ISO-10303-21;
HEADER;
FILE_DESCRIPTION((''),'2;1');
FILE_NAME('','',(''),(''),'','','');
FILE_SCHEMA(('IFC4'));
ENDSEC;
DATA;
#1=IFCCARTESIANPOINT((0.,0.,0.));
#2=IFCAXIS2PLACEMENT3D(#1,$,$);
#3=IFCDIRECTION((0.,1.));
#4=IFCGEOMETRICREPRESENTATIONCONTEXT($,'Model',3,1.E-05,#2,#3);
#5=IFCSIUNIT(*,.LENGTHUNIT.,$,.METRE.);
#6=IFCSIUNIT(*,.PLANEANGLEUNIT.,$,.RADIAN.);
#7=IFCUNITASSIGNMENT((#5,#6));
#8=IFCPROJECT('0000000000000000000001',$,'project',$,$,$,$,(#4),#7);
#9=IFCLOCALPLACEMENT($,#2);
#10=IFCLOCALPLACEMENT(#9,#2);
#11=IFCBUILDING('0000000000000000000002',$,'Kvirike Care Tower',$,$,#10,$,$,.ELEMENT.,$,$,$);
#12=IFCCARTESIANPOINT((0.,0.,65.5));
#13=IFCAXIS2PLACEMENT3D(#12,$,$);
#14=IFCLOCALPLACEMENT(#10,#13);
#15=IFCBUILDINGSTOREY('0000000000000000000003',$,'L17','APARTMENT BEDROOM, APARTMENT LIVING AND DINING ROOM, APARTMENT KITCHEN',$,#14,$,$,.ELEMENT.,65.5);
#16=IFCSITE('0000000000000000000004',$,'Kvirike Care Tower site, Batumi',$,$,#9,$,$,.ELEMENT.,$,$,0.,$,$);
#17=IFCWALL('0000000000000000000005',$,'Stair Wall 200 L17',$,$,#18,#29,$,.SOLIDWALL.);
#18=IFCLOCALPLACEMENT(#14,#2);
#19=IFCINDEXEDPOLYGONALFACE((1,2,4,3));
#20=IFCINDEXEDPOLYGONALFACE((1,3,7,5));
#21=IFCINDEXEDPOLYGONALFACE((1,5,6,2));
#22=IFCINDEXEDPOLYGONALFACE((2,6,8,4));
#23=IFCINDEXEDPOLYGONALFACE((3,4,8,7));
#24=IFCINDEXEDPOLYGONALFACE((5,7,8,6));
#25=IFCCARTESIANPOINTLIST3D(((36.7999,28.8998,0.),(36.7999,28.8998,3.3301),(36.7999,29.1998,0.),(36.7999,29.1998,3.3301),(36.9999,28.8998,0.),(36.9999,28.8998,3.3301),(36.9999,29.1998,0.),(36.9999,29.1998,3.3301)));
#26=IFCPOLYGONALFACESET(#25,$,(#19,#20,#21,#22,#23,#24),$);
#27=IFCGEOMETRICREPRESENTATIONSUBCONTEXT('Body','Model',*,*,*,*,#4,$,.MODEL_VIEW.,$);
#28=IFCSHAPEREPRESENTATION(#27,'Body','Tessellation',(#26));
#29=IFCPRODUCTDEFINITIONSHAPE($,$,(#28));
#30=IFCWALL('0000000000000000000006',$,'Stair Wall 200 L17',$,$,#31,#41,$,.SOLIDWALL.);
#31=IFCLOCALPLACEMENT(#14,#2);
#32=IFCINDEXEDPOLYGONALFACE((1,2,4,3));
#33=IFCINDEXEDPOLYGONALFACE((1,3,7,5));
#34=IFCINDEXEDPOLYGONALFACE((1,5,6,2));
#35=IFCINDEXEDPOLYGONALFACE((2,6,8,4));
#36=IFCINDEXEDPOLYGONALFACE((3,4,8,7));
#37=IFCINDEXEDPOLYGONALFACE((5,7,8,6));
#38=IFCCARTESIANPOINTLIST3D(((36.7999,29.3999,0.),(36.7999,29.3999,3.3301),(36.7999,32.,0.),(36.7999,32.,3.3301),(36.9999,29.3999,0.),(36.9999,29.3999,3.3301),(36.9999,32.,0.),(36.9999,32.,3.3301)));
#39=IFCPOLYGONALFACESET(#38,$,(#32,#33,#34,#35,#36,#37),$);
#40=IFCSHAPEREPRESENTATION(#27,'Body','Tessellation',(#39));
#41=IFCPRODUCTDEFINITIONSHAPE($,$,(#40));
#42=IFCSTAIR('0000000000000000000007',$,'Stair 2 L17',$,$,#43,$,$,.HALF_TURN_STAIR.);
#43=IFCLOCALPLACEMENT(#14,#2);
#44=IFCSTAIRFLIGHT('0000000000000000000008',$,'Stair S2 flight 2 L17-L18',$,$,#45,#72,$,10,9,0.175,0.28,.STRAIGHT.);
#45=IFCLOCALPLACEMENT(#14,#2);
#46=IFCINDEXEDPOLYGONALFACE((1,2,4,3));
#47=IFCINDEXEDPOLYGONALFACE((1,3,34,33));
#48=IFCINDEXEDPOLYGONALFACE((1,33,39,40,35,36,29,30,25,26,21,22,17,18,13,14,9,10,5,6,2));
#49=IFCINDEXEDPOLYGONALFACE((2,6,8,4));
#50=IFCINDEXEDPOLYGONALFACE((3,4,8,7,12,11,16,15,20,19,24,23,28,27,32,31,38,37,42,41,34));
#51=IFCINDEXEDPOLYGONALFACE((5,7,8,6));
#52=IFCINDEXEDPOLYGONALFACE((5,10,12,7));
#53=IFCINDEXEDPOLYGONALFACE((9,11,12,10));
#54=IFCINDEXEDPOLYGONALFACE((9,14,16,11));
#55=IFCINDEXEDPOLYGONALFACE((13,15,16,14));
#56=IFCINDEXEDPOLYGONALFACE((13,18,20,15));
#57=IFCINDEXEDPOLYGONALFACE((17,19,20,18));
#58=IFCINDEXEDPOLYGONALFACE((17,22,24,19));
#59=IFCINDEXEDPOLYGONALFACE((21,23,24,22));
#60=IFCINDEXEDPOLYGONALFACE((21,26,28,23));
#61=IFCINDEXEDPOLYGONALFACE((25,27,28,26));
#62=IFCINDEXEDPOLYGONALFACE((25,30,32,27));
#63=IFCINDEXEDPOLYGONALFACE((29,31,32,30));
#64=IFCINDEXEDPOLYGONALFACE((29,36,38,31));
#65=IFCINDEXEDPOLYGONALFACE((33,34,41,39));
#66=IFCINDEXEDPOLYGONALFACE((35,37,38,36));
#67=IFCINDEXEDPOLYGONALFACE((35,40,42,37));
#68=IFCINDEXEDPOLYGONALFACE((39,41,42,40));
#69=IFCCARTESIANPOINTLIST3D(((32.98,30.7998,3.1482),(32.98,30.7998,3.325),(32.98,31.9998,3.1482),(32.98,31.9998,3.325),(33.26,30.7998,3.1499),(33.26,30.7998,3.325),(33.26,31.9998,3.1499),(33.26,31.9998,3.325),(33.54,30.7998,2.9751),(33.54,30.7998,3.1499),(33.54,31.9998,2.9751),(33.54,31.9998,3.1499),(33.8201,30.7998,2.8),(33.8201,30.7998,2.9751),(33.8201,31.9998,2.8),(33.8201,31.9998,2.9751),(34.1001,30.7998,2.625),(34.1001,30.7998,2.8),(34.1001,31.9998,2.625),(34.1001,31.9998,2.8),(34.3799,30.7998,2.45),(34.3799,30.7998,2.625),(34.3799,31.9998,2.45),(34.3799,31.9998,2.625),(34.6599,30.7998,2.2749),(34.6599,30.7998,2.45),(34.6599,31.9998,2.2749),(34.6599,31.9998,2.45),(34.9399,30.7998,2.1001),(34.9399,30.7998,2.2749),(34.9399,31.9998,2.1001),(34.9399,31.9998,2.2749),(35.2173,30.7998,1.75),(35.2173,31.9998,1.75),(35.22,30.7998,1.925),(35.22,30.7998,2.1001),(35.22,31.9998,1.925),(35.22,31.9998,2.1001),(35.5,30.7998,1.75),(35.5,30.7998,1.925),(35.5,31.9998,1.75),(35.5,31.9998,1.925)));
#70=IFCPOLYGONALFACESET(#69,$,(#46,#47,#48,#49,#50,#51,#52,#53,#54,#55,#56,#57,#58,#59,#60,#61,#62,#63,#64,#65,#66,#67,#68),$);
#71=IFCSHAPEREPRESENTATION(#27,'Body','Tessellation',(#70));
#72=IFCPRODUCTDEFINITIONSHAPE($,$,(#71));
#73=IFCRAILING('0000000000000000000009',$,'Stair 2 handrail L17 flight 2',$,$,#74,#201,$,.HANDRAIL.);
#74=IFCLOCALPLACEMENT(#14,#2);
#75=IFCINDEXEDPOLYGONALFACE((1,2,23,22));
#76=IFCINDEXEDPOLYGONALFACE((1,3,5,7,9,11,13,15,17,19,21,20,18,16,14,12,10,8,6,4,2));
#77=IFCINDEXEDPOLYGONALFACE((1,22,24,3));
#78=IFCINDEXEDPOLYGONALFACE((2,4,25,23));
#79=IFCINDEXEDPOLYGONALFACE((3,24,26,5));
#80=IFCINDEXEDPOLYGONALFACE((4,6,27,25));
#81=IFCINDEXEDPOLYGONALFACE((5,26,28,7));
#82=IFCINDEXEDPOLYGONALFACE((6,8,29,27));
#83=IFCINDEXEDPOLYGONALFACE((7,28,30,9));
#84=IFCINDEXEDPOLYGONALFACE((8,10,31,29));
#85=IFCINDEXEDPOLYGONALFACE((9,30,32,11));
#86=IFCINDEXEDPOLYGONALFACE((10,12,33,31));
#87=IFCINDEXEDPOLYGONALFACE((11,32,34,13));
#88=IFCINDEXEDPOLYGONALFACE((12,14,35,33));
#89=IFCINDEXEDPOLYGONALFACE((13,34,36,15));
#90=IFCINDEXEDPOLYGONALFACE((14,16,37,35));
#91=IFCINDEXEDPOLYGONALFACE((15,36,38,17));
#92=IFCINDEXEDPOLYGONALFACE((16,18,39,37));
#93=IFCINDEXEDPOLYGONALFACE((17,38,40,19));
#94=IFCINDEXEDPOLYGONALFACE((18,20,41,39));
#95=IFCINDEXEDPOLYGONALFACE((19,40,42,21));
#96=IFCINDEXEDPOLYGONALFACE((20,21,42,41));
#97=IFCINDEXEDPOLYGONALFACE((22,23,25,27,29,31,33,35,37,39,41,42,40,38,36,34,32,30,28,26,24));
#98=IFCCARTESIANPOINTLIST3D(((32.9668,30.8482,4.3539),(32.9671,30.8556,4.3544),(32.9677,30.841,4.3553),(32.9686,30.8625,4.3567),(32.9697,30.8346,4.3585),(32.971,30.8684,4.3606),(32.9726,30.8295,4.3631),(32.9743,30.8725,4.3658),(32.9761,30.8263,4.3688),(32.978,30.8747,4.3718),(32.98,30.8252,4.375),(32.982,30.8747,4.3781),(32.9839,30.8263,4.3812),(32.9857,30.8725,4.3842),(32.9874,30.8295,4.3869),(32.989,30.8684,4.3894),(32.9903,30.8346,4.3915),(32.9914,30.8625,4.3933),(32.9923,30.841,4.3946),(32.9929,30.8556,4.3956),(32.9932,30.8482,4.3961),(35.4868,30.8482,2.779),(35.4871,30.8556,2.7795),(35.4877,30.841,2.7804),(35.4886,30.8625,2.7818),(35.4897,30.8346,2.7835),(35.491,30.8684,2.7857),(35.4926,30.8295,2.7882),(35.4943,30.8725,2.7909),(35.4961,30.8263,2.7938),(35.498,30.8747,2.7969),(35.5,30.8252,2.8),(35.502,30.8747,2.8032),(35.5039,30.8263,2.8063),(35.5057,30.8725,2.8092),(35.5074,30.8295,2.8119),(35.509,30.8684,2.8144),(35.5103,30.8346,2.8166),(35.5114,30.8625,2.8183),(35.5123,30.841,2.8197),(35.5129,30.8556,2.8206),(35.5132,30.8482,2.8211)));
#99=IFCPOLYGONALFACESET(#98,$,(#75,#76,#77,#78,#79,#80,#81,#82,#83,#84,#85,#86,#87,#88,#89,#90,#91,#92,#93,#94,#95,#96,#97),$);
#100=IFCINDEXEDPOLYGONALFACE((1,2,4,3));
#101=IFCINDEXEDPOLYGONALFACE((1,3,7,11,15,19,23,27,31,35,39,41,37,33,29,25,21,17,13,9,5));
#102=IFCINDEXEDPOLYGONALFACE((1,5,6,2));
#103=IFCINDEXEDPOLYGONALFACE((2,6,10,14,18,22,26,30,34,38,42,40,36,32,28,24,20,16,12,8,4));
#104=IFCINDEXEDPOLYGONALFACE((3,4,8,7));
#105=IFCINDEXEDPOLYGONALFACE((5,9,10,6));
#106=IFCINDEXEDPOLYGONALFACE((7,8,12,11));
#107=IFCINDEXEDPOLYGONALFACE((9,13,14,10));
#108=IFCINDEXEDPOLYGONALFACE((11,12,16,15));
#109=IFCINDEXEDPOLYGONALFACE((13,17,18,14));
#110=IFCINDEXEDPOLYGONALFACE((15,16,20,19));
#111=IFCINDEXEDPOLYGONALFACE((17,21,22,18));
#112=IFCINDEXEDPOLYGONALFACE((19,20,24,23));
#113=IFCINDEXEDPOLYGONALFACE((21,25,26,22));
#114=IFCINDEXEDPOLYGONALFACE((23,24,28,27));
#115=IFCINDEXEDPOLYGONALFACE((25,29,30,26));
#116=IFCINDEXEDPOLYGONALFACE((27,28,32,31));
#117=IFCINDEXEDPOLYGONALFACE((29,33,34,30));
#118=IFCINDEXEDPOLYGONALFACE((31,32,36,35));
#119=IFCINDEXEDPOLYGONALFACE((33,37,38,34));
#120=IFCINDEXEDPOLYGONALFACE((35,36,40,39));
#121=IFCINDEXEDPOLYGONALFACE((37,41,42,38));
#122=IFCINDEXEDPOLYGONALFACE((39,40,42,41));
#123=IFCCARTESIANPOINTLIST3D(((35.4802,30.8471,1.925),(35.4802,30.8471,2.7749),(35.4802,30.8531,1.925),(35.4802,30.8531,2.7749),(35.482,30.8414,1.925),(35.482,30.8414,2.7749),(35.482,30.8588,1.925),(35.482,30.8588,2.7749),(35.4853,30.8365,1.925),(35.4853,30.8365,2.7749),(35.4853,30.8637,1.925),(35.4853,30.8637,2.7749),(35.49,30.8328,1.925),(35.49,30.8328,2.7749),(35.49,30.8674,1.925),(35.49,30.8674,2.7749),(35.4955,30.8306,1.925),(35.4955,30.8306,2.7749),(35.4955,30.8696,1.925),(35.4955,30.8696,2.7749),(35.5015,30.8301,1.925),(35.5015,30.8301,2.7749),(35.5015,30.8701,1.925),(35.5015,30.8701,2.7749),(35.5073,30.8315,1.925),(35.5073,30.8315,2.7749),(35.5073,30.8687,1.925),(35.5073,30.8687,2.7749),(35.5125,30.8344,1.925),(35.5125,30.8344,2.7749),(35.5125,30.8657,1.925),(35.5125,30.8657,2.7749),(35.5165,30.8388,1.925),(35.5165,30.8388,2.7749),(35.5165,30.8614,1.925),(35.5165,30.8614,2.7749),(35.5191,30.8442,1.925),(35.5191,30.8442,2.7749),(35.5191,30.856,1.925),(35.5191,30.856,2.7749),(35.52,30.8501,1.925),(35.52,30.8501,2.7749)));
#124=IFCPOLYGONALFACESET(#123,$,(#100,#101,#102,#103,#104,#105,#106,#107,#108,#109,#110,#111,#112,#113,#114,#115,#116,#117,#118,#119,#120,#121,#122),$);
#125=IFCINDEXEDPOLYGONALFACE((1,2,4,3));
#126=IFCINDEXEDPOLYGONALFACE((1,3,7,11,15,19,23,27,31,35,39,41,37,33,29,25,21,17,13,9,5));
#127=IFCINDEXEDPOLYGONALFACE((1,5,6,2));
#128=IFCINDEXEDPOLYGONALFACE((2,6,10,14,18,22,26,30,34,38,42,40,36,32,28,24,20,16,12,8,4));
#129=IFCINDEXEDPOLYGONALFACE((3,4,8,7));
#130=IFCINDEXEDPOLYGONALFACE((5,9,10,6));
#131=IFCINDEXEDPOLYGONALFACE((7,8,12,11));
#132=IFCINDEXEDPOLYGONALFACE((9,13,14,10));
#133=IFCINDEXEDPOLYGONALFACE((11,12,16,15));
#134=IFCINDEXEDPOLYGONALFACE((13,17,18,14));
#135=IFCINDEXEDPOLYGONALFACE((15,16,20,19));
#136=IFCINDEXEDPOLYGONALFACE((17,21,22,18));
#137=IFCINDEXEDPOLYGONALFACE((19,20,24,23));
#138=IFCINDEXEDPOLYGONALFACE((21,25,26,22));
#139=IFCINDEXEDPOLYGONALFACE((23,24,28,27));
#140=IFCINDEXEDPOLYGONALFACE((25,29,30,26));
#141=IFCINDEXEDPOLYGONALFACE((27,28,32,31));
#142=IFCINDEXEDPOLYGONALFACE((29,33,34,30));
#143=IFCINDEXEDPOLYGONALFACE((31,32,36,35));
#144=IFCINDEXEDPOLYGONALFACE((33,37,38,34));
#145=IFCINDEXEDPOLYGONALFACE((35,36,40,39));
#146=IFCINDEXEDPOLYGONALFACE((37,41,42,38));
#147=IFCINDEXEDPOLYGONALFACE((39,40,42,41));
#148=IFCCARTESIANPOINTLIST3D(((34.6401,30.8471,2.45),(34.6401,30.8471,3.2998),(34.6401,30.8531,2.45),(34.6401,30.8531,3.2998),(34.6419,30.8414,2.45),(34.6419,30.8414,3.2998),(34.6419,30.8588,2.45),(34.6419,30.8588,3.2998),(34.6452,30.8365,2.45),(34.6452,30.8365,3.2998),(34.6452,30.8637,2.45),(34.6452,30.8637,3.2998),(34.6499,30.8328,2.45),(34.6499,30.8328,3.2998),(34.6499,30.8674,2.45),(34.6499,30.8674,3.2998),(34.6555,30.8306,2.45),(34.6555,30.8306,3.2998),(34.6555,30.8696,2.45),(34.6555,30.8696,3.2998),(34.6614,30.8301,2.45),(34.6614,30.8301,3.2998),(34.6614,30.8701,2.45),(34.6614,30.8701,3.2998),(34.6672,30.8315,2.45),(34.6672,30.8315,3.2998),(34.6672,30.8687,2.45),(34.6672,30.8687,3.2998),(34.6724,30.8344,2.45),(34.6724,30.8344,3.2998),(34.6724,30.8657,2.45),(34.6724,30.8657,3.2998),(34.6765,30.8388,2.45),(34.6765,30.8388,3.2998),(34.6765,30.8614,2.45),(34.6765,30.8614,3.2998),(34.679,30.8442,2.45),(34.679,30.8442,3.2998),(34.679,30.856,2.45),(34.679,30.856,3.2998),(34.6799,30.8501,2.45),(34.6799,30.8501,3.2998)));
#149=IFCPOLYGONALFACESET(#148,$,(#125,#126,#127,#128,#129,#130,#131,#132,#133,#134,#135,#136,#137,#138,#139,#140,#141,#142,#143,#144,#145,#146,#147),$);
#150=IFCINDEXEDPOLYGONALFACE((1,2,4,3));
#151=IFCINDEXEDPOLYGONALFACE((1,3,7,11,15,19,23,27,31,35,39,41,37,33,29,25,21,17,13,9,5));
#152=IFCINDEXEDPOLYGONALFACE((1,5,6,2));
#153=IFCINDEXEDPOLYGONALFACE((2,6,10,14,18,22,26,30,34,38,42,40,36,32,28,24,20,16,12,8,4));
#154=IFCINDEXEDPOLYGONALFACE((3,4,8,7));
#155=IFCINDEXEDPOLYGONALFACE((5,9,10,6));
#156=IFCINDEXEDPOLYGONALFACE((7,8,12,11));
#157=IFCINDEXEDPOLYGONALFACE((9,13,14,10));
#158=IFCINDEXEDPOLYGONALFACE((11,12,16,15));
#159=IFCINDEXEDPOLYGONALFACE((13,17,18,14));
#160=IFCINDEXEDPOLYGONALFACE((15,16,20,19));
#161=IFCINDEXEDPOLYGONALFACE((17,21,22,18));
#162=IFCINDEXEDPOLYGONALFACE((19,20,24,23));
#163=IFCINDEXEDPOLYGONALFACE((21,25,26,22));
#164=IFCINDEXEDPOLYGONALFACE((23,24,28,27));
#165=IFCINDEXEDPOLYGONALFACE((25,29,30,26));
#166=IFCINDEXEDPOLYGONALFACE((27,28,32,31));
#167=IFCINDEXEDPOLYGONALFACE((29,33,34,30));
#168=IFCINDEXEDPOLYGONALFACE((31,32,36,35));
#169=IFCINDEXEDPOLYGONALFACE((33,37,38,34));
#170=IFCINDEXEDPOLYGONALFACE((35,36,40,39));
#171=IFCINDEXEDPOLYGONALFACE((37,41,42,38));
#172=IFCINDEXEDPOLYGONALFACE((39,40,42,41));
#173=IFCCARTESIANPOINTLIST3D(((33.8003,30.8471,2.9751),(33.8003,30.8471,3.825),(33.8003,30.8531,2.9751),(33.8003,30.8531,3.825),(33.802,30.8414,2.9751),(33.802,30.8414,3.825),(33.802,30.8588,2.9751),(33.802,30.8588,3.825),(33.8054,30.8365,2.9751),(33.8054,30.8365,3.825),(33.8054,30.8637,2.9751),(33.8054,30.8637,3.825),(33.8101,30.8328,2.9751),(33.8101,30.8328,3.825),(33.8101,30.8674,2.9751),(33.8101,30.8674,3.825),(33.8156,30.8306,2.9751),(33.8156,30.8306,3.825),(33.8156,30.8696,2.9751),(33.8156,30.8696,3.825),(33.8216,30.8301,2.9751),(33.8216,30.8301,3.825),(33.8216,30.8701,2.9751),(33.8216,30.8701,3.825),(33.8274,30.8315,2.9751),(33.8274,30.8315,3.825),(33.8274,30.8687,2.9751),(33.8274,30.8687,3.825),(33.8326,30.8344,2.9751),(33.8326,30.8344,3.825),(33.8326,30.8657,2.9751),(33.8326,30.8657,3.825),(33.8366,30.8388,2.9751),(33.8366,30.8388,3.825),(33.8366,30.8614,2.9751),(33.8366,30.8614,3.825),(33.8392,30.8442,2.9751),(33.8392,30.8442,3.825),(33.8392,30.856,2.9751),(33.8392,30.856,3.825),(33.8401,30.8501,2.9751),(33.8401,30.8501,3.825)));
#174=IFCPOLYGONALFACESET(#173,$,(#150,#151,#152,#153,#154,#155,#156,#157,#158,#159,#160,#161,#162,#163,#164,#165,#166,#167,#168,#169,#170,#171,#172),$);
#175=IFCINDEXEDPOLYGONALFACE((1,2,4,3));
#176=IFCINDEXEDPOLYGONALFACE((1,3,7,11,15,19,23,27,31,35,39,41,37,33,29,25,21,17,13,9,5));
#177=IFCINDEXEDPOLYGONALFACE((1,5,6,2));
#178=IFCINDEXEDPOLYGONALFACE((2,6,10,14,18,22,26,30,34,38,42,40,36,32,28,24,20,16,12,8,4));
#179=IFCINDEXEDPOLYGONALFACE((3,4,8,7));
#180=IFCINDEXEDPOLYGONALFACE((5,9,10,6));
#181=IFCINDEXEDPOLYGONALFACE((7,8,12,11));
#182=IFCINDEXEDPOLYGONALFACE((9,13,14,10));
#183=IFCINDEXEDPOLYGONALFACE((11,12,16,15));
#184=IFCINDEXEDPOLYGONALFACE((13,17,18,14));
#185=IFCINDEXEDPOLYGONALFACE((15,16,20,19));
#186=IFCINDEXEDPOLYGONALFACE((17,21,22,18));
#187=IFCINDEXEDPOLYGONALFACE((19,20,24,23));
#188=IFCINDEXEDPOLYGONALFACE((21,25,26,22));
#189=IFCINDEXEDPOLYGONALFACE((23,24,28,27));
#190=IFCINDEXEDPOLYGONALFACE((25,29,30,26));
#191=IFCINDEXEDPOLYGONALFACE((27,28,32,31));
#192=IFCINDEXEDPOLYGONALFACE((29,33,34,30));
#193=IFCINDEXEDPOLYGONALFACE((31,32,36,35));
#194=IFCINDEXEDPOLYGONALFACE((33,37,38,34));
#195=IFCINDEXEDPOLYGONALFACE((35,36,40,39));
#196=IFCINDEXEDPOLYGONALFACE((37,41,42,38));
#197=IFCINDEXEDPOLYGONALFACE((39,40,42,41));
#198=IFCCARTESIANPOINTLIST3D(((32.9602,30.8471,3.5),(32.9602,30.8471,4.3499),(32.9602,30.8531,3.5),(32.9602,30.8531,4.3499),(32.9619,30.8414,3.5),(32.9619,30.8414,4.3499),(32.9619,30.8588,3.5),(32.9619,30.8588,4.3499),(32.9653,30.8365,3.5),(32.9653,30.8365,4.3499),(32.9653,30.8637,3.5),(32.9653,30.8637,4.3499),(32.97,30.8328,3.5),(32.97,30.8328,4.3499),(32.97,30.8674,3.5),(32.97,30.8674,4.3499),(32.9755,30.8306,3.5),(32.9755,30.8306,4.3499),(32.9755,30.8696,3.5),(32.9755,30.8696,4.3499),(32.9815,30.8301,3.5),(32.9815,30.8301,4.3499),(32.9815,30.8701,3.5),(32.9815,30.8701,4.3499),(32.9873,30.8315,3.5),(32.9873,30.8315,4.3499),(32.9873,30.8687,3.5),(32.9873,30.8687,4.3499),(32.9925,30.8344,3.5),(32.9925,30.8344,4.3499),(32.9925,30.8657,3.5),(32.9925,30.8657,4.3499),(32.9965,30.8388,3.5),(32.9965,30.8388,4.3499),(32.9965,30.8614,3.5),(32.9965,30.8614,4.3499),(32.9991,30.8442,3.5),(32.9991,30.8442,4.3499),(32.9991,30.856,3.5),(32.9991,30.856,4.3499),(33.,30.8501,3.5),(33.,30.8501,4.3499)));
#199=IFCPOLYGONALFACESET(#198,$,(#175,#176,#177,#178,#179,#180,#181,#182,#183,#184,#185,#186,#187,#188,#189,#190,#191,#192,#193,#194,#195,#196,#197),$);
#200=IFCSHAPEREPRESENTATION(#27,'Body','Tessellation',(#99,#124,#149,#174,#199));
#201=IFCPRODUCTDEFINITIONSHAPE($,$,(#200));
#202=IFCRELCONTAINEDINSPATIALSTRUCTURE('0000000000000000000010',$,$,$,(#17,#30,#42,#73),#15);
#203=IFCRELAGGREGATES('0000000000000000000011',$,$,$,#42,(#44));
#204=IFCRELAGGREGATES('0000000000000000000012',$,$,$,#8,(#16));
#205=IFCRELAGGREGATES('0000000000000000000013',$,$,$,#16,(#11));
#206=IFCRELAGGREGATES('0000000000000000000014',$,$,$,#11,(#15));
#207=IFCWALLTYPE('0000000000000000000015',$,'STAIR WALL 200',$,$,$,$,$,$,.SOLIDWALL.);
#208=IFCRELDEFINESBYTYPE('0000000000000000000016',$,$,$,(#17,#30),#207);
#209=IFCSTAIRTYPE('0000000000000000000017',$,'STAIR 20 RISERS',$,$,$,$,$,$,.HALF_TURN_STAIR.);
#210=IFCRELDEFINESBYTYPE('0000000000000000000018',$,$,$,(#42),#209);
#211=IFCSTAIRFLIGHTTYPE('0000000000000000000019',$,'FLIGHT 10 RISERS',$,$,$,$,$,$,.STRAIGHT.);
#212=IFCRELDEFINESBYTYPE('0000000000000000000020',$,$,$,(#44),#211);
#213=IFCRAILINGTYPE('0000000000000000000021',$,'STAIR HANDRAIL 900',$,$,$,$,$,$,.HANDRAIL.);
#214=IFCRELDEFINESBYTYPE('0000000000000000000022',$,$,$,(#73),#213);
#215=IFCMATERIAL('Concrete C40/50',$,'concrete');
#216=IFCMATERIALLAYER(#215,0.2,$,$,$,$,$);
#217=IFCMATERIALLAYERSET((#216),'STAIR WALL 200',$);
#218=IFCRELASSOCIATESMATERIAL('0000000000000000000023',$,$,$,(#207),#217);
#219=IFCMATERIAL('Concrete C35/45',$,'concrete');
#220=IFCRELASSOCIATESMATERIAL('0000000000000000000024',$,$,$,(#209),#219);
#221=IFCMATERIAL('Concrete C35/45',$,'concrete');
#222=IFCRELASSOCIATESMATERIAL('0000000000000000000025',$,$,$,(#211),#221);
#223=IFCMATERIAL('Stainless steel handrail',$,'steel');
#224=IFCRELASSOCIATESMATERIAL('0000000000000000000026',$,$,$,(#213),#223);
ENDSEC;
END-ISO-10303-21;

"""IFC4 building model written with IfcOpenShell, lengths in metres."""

from ifc_helpers import new_model, si_unit, direction, frame, frame_2d, origin, origin_2d, place, context, subcontext, project, spatial, polyline, rectangle, circle, outline, extrude, material, layer, layer_set, type_object, element, aggregate, save


model = new_model("IFC4")

# Units and contexts
model_context = context("Model", 3, precision=1e-05, world=origin(), true_north=direction((0.0, 1.0)))
body_context = subcontext(model_context, "Body", "Model", "MODEL_VIEW")
ifc_project = project(units=[si_unit("LENGTHUNIT", "METRE"), si_unit("PLANEANGLEUNIT", "RADIAN")], contexts=[model_context])

# Site, building, storey
site_placement = place(None, origin())
site = spatial("IfcSite", under=ifc_project, at=site_placement, Name="Kvirike Care Tower site, Batumi", CompositionType="ELEMENT", RefElevation=0.0)
building_placement = place(site_placement, origin())
building = spatial("IfcBuilding", under=site, at=building_placement, Name="Kvirike Care Tower", CompositionType="ELEMENT")
storey_placement = place(building_placement, frame((0.0, 0.0, 65.5)))
storey = spatial("IfcBuildingStorey", under=building, at=storey_placement, Name="L17", Description="APARTMENT BEDROOM, APARTMENT LIVING AND DINING ROOM, APARTMENT KITCHEN", CompositionType="ELEMENT", Elevation=65.5)

# Walls
ifc_material_1 = material(Name="Concrete C40/50", Category="concrete")
ifc_layer_1 = layer(ifc_material_1, 0.2)
ifc_layer_set_1 = layer_set([ifc_layer_1], Name="STAIR WALL 200")
wall_type_1 = type_object("IfcWallType", Name="STAIR WALL 200", PredefinedType="SOLIDWALL", material=ifc_layer_set_1)
wall_1_placement = place(storey_placement, frame((36.8999, 28.8999, 0.0), z_axis=(0.0, 0.0, 1.0), x_axis=(0.0, 1.0, 0.0)))
element("IfcWall", 1, at=wall_1_placement, inside=storey, type_object=wall_type_1, Name="Stair Wall 200 L17", PredefinedType="SOLIDWALL", context=body_context, shape_type="SweptSolid", body=[
    extrude(rectangle(XDim=0.3, YDim=0.2, at=frame_2d((0.1499, 0.0))), origin(), (0.0, 0.0, 1.0), 3.3301),
])
wall_2_placement = place(storey_placement, frame((36.8999, 29.3999, 0.0), z_axis=(0.0, 0.0, 1.0), x_axis=(0.0, 1.0, 0.0)))
element("IfcWall", 2, at=wall_2_placement, inside=storey, type_object=wall_type_1, Name="Stair Wall 200 L17", PredefinedType="SOLIDWALL", context=body_context, shape_type="SweptSolid", body=[
    extrude(rectangle(XDim=2.6001, YDim=0.2, at=frame_2d((1.3, 0.0))), origin(), (0.0, 0.0, 1.0), 3.3301),
])

# Stair, stair flight
ifc_material_2 = material(Name="Concrete C35/45", Category="concrete")
stair_type = type_object("IfcStairType", Name="STAIR 20 RISERS", PredefinedType="HALF_TURN_STAIR", material=ifc_material_2)
stair_placement = place(storey_placement, origin())
stair = element("IfcStair", 3, at=stair_placement, inside=storey, type_object=stair_type, Name="Stair 2 L17", PredefinedType="HALF_TURN_STAIR")
ifc_material_3 = material(Name="Concrete C35/45", Category="concrete")
stair_flight_type = type_object("IfcStairFlightType", Name="FLIGHT 10 RISERS", PredefinedType="STRAIGHT", material=ifc_material_3)
stair_flight_placement = place(storey_placement, frame((35.5, 31.3999, 1.75), z_axis=(0.0, 0.0, 1.0), x_axis=(-1.0, 0.0, 0.0)))
stair_flight = element("IfcStairFlight", 4, at=stair_flight_placement, type_object=stair_flight_type, Name="Stair S2 flight 2 L17-L18", NumberOfRisers=10, NumberOfTreads=9, PredefinedType="STRAIGHT", RiserHeight=0.175, TreadLength=0.28, context=body_context, shape_type="SweptSolid", body=[
    extrude(outline(polyline([(0.0, 0.0), (0.0, 0.175), (0.28, 0.175), (0.28, 0.3501), (0.5601, 0.3501), (0.5601, 0.5249), (0.8401, 0.5249), (0.8401, 0.7), (1.1201, 0.7), (1.1201, 0.875), (1.3999, 0.875), (1.3999, 1.05), (1.6799, 1.05), (1.6799, 1.2251), (1.96, 1.2251), (1.96, 1.3999), (2.24, 1.3999), (2.24, 1.575), (2.52, 1.575), (2.52, 1.75), (2.52, 1.3982), (0.2827, 0.0), (0.0, 0.0)])), frame((0.0, 0.6001, 0.0), z_axis=(0.0, -1.0, 0.0), x_axis=(1.0, 0.0, 0.0)), (0.0, 0.0, 1.0), 1.2),
])
aggregate(stair, [stair_flight])

# Railing
ifc_material_4 = material(Name="Stainless steel handrail", Category="steel")
railing_type = type_object("IfcRailingType", Name="STAIR HANDRAIL 900", PredefinedType="HANDRAIL", material=ifc_material_4)
railing_placement = place(storey_placement, frame((35.5, 30.8501, 1.925)))
element("IfcRailing", 5, at=railing_placement, inside=storey, type_object=railing_type, Name="Stair 2 handrail L17 flight 2", PredefinedType="HANDRAIL", context=body_context, shape_type="SweptSolid", body=[
    extrude(circle(Radius=0.0249, at=origin_2d()), frame((0.0, 0.0, 0.875), z_axis=(-0.848008, 0.0, 0.529984), x_axis=(0.0, -1.0, 0.0)), (0.0, 0.0, 1.0), 2.9717),
    extrude(circle(Radius=0.02, at=origin_2d()), origin(), (0.0, 0.0, 1.0), 0.8499),
    extrude(circle(Radius=0.02, at=origin_2d()), frame((-0.8401, 0.0, 0.5249)), (0.0, 0.0, 1.0), 0.8499),
    extrude(circle(Radius=0.02, at=origin_2d()), frame((-1.6799, 0.0, 1.05)), (0.0, 0.0, 1.0), 0.8499),
    extrude(circle(Radius=0.02, at=origin_2d()), frame((-2.52, 0.0, 1.575)), (0.0, 0.0, 1.0), 0.8499),
])

save(model, "model.ifc")
